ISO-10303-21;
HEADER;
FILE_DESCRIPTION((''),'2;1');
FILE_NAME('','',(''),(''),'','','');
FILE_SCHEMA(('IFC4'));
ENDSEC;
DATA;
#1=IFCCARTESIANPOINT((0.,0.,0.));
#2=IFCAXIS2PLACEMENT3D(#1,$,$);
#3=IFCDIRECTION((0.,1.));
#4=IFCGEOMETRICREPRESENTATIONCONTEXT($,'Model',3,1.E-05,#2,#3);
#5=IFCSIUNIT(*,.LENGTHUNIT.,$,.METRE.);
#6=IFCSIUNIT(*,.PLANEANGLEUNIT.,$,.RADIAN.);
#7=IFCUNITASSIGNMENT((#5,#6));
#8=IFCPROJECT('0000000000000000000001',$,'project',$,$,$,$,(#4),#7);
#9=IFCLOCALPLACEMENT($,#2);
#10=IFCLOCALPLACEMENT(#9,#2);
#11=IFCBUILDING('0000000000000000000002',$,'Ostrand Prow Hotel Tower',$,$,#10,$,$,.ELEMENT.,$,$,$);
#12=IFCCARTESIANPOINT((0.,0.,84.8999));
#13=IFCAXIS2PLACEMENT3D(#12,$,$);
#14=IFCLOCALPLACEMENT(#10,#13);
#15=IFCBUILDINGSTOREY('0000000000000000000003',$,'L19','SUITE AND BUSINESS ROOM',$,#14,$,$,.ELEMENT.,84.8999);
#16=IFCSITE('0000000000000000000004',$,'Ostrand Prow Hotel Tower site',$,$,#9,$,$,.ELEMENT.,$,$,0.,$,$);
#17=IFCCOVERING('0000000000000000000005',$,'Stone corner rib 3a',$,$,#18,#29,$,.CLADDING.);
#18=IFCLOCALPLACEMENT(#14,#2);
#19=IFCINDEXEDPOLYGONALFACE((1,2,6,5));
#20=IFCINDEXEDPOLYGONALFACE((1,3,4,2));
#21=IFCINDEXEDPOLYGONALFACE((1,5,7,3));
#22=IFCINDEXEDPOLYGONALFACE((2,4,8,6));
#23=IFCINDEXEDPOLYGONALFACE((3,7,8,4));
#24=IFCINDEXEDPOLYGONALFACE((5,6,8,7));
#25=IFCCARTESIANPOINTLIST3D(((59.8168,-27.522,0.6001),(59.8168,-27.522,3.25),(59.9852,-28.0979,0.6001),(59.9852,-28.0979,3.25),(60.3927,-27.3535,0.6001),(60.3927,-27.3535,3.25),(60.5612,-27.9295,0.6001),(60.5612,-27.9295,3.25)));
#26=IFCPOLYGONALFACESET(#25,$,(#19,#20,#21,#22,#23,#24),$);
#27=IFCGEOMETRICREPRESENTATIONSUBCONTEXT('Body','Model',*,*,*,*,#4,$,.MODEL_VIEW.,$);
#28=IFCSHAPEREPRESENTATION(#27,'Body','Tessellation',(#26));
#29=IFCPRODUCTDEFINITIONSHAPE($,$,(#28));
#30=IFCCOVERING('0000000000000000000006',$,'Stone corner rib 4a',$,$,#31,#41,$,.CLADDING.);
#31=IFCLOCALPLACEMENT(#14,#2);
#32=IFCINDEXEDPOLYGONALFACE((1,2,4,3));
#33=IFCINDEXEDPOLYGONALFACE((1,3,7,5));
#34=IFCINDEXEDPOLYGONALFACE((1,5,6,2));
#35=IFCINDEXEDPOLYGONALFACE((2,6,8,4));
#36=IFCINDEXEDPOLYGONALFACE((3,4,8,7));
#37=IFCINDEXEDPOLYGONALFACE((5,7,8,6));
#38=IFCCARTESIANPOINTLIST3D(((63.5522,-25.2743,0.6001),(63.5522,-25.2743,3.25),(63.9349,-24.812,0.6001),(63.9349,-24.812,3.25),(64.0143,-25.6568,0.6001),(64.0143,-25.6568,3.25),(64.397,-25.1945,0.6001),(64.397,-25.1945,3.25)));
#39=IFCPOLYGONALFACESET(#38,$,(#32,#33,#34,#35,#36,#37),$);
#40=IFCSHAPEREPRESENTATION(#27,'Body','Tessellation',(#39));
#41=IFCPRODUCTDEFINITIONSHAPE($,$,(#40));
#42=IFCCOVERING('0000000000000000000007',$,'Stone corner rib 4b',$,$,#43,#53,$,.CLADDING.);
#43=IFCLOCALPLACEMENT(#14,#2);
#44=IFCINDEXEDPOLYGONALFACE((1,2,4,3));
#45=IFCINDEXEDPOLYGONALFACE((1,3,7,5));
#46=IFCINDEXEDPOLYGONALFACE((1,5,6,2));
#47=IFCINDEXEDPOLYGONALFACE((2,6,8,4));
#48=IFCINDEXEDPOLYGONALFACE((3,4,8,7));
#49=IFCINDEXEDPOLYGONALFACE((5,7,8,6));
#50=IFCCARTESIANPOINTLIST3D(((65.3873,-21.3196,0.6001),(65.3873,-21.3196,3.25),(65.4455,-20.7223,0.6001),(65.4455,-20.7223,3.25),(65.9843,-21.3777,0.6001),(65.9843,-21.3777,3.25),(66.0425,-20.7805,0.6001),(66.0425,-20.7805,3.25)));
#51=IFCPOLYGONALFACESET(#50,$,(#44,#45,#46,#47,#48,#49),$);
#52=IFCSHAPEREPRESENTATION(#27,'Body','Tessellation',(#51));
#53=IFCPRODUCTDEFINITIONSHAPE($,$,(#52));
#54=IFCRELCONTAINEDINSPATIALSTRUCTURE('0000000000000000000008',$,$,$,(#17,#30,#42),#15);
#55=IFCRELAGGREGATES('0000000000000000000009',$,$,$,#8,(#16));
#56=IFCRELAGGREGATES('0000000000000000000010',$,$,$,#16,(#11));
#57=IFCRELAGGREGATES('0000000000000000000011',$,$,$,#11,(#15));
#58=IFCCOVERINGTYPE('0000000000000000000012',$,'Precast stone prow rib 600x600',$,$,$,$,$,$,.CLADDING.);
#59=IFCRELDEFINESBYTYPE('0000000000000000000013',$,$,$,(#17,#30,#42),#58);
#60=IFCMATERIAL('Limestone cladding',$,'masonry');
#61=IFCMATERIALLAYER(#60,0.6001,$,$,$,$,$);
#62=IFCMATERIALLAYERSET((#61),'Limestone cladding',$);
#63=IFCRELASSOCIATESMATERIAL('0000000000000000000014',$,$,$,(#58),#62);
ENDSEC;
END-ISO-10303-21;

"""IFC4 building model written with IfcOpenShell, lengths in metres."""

from ifc_helpers import new_model, si_unit, direction, frame, frame_2d, origin, place, context, subcontext, project, spatial, rectangle, extrude, material, layer, layer_set, type_object, element, save


model = new_model("IFC4")

# Units and contexts
model_context = context("Model", 3, precision=1e-05, world=origin(), true_north=direction((0.0, 1.0)))
body_context = subcontext(model_context, "Body", "Model", "MODEL_VIEW")
ifc_project = project(units=[si_unit("LENGTHUNIT", "METRE"), si_unit("PLANEANGLEUNIT", "RADIAN")], contexts=[model_context])

# Site, building, storey
site_placement = place(None, origin())
site = spatial("IfcSite", under=ifc_project, at=site_placement, Name="Ostrand Prow Hotel Tower site", CompositionType="ELEMENT", RefElevation=0.0)
building_placement = place(site_placement, origin())
building = spatial("IfcBuilding", under=site, at=building_placement, Name="Ostrand Prow Hotel Tower", CompositionType="ELEMENT")
storey_placement = place(building_placement, frame((0.0, 0.0, 84.8999)))
storey = spatial("IfcBuildingStorey", under=building, at=storey_placement, Name="L19", Description="SUITE AND BUSINESS ROOM", CompositionType="ELEMENT", Elevation=84.8999)

# Coverings
ifc_material_1 = material(Name="Limestone cladding", Category="masonry")
ifc_layer_1 = layer(ifc_material_1, 0.6001)
ifc_layer_set_1 = layer_set([ifc_layer_1], Name="Limestone cladding")
covering_type = type_object("IfcCoveringType", Name="Precast stone prow rib 600x600", PredefinedType="CLADDING", material=ifc_layer_set_1)
covering_1_placement = place(storey_placement, frame((60.1047, -27.4377, 0.6001), z_axis=(0.0, 0.0, 1.0), x_axis=(0.280734, -0.959786, 0.0)))
element("IfcCovering", 1, at=covering_1_placement, inside=storey, type_object=covering_type, Name="Stone corner rib 3a", PredefinedType="CLADDING", context=body_context, shape_type="SweptSolid", body=[
    extrude(rectangle(XDim=0.6001, YDim=0.6001, at=frame_2d((0.3, 0.0))), origin(), (0.0, 0.0, 1.0), 2.6499),
])
for number, where, z_axis, x_axis, name in (
    (2, (63.7437, -25.0432, 0.6001), (0.0, 0.0, 1.0), (0.770319, -0.637659, 0.0), "Stone corner rib 4a"),
    (3, (65.4165, -21.021, 0.6001), (0.0, 0.0, 1.0), (0.995296, -0.096884, 0.0), "Stone corner rib 4b"),
):
    element("IfcCovering", number, at=place(storey_placement, frame(where, z_axis=z_axis, x_axis=x_axis)), inside=storey, type_object=covering_type, Name=name, PredefinedType="CLADDING", context=body_context, shape_type="SweptSolid", body=[
        extrude(rectangle(XDim=0.5999, YDim=0.6001, at=frame_2d((0.2998, 0.0))), origin(), (0.0, 0.0, 1.0), 2.6499),
    ])

save(model, "model.ifc")
